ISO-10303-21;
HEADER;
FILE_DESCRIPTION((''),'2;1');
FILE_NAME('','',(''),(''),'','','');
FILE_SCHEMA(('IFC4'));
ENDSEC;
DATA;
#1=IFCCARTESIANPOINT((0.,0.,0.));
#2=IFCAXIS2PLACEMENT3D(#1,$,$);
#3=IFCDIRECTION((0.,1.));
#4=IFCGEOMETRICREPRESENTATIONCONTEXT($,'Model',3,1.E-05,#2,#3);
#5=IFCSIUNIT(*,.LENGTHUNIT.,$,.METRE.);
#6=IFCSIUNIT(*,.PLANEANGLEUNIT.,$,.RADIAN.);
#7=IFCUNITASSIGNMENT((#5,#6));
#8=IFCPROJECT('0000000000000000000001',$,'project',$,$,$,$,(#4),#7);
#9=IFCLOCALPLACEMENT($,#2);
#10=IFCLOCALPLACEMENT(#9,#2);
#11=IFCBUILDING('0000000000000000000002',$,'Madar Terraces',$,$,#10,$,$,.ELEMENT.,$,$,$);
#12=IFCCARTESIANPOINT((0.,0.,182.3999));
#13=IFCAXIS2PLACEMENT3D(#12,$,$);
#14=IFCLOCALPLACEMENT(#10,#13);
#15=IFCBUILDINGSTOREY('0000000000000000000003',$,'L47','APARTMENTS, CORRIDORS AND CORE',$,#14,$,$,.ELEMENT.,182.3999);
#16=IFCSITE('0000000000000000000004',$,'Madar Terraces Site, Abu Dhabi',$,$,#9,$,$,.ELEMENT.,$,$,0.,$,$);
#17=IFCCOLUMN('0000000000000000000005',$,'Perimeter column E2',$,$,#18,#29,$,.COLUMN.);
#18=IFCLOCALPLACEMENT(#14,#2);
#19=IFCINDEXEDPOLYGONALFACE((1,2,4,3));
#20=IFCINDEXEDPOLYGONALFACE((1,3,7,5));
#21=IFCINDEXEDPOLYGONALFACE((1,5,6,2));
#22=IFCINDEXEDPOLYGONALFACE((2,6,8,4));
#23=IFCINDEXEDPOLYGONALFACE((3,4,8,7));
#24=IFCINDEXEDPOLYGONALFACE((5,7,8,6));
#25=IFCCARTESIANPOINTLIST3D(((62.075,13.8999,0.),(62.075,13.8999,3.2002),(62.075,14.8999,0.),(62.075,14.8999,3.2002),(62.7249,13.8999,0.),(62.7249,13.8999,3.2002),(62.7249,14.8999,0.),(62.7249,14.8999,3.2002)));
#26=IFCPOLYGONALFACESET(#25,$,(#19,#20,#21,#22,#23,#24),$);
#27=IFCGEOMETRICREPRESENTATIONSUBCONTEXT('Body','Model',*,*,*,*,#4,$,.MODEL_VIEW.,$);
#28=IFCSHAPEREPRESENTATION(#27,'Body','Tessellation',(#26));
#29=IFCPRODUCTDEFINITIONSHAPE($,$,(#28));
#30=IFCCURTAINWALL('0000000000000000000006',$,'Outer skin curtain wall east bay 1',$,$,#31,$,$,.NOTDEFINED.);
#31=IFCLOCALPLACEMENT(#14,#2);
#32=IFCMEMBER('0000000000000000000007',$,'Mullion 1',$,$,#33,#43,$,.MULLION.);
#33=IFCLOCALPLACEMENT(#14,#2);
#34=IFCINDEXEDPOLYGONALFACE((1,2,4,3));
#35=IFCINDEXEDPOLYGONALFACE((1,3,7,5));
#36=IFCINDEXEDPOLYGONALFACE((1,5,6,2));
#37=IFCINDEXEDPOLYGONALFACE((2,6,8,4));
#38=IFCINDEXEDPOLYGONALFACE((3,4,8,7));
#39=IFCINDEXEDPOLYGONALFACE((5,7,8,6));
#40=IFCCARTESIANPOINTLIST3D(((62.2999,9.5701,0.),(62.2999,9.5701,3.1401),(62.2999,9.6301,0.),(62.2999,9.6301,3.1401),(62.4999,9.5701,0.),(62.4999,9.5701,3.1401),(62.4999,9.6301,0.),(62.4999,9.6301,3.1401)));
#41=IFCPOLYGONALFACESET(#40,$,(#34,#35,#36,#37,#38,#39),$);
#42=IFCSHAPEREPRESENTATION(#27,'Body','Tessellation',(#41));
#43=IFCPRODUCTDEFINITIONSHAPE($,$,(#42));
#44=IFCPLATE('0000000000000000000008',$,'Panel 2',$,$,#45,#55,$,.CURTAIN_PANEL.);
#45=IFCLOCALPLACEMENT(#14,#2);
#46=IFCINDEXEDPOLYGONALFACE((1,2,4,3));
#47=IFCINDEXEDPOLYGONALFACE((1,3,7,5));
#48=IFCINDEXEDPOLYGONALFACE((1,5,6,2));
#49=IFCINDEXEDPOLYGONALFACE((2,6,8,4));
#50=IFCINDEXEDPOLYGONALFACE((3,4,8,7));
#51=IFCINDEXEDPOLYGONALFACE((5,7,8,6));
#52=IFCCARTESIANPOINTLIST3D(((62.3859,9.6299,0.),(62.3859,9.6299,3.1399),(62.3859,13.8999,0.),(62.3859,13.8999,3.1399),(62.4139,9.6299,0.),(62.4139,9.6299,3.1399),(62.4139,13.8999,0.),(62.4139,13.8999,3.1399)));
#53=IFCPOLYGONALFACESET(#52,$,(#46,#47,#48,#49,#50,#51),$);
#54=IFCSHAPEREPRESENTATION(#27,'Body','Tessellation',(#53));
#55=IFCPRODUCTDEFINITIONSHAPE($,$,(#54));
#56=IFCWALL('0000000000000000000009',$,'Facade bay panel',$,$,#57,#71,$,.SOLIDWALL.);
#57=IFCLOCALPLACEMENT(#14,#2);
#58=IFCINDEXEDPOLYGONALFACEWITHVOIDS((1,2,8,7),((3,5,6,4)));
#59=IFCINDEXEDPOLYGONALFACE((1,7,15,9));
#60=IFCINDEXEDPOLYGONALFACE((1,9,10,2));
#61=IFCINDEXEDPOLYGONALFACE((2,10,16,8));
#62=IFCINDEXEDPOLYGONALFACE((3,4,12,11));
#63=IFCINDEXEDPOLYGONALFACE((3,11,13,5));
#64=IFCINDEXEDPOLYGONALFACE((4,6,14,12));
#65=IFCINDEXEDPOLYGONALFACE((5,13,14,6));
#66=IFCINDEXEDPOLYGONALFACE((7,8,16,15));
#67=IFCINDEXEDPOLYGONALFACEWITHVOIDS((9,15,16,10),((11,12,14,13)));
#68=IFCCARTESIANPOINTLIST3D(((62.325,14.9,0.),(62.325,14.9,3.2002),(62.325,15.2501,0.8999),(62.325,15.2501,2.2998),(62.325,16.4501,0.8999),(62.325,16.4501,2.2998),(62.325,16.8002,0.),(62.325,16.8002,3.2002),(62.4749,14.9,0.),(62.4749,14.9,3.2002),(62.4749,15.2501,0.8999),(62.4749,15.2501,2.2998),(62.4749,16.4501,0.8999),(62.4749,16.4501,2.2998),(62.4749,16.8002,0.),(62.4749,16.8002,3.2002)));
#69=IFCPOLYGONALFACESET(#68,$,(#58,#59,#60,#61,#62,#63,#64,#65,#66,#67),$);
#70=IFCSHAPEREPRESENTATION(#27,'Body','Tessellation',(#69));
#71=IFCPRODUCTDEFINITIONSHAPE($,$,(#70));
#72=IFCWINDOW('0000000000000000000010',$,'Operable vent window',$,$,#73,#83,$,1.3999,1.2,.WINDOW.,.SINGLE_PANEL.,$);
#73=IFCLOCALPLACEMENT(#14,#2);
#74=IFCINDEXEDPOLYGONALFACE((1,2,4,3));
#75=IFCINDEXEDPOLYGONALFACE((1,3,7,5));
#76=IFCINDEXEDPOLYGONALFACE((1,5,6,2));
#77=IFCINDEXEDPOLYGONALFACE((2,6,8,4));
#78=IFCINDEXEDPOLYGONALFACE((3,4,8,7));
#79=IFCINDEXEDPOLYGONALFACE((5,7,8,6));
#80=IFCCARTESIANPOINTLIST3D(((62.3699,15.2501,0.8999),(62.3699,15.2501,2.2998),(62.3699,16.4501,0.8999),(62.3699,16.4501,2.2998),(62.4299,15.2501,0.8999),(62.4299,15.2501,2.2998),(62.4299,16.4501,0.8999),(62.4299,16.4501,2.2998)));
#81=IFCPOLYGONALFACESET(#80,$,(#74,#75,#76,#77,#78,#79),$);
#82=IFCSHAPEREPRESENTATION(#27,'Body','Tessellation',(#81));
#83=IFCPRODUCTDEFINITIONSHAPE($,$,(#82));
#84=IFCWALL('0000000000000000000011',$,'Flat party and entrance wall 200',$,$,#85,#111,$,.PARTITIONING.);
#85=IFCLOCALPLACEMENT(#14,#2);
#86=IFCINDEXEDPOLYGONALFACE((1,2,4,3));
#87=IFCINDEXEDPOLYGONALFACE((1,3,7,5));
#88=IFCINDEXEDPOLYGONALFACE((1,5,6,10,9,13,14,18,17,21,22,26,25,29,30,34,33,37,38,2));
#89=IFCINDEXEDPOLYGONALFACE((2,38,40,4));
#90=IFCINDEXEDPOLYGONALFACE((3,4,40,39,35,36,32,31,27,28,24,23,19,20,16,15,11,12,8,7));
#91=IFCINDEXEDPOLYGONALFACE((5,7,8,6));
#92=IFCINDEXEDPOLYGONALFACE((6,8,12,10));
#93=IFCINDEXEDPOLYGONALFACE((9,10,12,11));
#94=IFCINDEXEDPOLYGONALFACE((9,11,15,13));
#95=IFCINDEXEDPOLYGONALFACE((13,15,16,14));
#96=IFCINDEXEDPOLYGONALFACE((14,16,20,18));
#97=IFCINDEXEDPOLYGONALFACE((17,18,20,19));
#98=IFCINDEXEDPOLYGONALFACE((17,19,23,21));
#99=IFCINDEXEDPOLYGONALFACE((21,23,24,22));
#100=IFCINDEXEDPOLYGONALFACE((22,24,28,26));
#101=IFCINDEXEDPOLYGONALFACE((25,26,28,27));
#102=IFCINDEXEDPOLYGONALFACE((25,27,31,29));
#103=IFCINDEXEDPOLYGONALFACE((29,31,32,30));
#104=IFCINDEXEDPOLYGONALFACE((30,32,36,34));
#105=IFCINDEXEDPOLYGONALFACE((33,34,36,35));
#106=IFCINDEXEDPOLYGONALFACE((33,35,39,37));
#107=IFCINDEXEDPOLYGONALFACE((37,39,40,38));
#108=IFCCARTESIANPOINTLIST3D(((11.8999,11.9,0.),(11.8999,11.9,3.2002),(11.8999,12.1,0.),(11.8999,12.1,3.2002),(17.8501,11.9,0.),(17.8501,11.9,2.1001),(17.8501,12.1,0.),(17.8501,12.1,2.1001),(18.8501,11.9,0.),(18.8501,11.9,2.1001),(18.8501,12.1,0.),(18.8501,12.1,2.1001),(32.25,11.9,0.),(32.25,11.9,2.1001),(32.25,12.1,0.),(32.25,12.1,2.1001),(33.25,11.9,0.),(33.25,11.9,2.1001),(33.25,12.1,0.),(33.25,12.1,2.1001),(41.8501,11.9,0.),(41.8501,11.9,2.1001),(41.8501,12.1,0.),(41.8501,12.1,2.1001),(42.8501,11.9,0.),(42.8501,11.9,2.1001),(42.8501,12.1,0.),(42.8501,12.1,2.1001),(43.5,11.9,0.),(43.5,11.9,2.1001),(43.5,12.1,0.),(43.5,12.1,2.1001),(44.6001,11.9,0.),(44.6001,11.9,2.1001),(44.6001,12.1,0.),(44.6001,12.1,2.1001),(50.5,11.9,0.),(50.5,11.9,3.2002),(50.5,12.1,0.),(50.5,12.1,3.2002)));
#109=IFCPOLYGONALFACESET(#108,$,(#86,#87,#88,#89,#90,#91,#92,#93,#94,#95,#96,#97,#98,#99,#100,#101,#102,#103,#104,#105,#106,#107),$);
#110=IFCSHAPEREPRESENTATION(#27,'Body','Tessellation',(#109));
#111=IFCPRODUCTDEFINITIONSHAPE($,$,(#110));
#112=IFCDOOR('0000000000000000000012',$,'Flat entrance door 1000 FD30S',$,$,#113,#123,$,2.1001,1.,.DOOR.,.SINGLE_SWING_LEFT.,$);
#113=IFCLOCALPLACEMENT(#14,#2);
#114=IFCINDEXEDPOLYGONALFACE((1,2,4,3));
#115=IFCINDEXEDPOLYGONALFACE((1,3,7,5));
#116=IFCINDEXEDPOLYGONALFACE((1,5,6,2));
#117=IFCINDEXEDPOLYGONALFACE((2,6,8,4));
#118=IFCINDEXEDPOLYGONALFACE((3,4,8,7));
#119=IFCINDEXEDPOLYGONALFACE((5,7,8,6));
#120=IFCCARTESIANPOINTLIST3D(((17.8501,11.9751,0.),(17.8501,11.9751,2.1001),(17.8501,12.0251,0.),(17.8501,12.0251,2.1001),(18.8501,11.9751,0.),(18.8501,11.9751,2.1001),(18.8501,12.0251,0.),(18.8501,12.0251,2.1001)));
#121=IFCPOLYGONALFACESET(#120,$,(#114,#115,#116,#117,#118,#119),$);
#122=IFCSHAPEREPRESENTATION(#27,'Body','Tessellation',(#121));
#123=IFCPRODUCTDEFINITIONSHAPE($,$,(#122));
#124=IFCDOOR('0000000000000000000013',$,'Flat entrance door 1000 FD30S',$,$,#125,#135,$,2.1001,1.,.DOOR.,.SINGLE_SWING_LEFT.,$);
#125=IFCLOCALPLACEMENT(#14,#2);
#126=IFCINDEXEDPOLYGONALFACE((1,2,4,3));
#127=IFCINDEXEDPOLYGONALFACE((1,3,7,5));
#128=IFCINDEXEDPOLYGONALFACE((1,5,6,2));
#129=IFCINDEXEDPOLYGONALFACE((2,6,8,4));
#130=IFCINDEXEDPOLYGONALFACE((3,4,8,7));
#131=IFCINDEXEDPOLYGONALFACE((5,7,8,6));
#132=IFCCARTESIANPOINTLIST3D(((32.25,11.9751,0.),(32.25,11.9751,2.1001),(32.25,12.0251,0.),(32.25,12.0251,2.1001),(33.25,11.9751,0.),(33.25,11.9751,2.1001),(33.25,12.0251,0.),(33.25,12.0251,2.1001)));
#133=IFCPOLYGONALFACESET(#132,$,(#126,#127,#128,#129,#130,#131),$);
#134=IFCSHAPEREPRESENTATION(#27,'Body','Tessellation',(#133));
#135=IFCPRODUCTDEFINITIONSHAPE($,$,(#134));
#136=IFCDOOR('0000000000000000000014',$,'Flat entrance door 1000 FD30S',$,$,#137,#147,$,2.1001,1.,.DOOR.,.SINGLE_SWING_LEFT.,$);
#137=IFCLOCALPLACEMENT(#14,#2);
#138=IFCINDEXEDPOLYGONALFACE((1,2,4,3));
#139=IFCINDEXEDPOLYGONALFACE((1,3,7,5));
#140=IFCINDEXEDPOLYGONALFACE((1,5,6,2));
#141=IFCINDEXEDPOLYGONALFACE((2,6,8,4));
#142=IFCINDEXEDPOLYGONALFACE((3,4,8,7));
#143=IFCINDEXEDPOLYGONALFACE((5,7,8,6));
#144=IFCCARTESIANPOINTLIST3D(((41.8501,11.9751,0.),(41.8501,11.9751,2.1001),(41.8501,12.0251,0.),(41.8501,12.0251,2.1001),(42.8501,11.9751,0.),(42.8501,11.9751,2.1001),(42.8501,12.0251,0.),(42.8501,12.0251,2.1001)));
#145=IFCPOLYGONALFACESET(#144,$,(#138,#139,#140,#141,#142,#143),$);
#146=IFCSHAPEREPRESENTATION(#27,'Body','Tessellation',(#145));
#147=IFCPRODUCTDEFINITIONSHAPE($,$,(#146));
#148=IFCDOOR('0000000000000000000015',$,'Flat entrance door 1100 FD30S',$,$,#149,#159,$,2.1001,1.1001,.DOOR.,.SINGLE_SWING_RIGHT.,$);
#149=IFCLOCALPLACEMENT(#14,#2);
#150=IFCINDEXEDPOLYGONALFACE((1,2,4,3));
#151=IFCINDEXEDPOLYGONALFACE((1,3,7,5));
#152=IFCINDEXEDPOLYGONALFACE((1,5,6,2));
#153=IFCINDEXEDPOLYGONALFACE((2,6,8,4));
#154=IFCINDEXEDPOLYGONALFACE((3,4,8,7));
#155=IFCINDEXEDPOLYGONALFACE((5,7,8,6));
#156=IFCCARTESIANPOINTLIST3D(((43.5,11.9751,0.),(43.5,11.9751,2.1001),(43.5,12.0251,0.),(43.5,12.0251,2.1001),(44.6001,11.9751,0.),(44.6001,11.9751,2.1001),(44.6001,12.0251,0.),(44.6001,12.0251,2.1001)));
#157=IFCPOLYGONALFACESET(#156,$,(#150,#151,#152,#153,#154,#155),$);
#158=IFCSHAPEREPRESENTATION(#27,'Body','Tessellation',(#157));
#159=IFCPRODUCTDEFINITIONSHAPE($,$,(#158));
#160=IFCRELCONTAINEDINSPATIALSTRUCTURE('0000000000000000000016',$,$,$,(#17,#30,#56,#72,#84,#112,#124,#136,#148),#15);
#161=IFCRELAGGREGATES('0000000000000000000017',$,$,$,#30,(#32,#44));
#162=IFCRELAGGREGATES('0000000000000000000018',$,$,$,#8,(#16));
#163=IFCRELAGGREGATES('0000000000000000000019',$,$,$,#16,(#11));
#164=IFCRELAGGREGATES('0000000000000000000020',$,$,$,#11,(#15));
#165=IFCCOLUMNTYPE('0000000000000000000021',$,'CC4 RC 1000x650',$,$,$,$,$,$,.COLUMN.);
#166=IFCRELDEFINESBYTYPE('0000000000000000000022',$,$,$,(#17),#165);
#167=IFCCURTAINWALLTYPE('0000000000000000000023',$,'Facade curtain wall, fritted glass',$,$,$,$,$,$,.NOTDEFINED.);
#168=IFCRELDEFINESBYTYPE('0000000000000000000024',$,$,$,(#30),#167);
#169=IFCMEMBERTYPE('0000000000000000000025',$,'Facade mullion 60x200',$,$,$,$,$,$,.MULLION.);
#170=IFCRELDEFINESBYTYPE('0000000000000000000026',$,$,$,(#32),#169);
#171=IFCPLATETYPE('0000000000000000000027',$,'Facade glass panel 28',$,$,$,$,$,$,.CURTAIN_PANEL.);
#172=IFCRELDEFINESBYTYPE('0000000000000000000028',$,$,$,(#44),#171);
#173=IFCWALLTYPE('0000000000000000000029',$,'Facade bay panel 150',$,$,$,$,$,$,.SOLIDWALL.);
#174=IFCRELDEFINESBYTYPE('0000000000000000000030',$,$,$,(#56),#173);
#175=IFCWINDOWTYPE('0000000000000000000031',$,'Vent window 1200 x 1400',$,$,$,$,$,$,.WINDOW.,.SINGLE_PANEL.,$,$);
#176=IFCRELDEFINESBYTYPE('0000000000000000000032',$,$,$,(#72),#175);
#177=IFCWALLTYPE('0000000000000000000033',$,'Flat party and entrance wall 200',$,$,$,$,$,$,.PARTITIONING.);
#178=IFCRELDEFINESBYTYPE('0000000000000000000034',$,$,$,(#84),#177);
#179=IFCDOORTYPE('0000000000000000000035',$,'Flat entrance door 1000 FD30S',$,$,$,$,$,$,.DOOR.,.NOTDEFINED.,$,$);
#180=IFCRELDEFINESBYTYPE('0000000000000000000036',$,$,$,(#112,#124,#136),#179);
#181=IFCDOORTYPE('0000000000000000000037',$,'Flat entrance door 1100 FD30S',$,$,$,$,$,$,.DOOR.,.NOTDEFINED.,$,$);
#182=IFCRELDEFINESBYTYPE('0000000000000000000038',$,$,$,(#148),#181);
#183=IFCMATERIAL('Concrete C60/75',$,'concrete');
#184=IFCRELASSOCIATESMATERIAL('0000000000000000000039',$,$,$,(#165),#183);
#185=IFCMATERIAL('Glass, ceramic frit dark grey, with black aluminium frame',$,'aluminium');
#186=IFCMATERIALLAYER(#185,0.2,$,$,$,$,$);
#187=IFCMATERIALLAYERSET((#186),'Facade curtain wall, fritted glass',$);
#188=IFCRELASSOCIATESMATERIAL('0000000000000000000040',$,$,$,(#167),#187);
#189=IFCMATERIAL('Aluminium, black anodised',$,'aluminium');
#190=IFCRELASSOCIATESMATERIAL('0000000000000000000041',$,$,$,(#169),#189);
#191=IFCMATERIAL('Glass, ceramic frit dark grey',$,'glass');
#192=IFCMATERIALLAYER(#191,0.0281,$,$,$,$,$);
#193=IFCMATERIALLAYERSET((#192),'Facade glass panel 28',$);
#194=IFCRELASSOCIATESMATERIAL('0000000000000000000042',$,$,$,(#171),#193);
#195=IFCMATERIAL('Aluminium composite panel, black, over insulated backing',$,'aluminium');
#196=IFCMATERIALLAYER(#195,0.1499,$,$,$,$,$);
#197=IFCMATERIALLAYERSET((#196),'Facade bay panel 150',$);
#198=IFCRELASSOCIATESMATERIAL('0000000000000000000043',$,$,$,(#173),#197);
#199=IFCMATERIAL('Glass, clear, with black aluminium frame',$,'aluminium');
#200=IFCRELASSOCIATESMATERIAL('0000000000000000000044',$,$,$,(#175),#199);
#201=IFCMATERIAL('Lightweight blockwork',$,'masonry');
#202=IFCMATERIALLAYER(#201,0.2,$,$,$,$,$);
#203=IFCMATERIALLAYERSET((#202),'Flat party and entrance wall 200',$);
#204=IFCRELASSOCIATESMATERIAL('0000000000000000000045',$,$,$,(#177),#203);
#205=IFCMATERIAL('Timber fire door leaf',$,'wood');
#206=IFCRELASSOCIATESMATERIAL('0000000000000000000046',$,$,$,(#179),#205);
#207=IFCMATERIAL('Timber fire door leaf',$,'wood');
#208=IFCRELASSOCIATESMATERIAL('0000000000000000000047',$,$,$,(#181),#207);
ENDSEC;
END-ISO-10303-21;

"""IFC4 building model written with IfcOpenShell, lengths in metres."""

from ifc_helpers import new_model, si_unit, direction, frame, frame_2d, origin, origin_2d, place, context, subcontext, project, spatial, rectangle, extrude, material, layer, layer_set, material_profile, profile_set, type_object, element, fill, aggregate, save


model = new_model("IFC4")

# Units and contexts
model_context = context("Model", 3, precision=1e-05, world=origin(), true_north=direction((0.0, 1.0)))
body_context = subcontext(model_context, "Body", "Model", "MODEL_VIEW")
ifc_project = project(units=[si_unit("LENGTHUNIT", "METRE"), si_unit("PLANEANGLEUNIT", "RADIAN")], contexts=[model_context])

# Site, building, storey
site_placement = place(None, origin())
site = spatial("IfcSite", under=ifc_project, at=site_placement, Name="Madar Terraces Site, Abu Dhabi", CompositionType="ELEMENT", RefElevation=0.0)
building_placement = place(site_placement, origin())
building = spatial("IfcBuilding", under=site, at=building_placement, Name="Madar Terraces", CompositionType="ELEMENT")
storey_placement = place(building_placement, frame((0.0, 0.0, 182.3999)))
storey = spatial("IfcBuildingStorey", under=building, at=storey_placement, Name="L47", Description="APARTMENTS, CORRIDORS AND CORE", CompositionType="ELEMENT", Elevation=182.3999)

# Column
ifc_material_1 = material(Name="Concrete C60/75", Category="concrete")
ifc_material_profile_1 = material_profile(ifc_material_1, rectangle(XDim=1.0, YDim=0.6499, at=origin_2d()), Name="CC4 RC 1000x650")
ifc_profile_set_1 = profile_set([ifc_material_profile_1], Name="Concrete C60/75")
column_type = type_object("IfcColumnType", Name="CC4 RC 1000x650", PredefinedType="COLUMN", material=ifc_profile_set_1)
column_placement = place(storey_placement, frame((62.3999, 14.3999, 0.0), z_axis=(0.0, 0.0, 1.0), x_axis=(0.0, 1.0, 0.0)))
element("IfcColumn", 1, at=column_placement, inside=storey, type_object=column_type, Name="Perimeter column E2", PredefinedType="COLUMN", context=body_context, shape_type="SweptSolid", body=[
    extrude(rectangle(XDim=1.0, YDim=0.6499, at=origin_2d()), origin(), (0.0, 0.0, 1.0), 3.2002),
])

# Curtain wall, member, plate
ifc_material_2 = material(Name="Glass, ceramic frit dark grey, with black aluminium frame", Category="aluminium")
ifc_layer_1 = layer(ifc_material_2, 0.2)
ifc_layer_set_1 = layer_set([ifc_layer_1], Name="Facade curtain wall, fritted glass")
curtain_wall_type = type_object("IfcCurtainWallType", Name="Facade curtain wall, fritted glass", PredefinedType="NOTDEFINED", material=ifc_layer_set_1)
curtain_wall_placement = place(storey_placement, origin())
curtain_wall = element("IfcCurtainWall", 2, at=curtain_wall_placement, inside=storey, type_object=curtain_wall_type, Name="Outer skin curtain wall east bay 1", PredefinedType="NOTDEFINED")
ifc_material_3 = material(Name="Aluminium, black anodised", Category="aluminium")
ifc_material_profile_2 = material_profile(ifc_material_3, rectangle(XDim=0.2, YDim=0.0601, at=origin_2d()), Name="Facade mullion 60x200")
ifc_profile_set_2 = profile_set([ifc_material_profile_2], Name="Aluminium, black anodised")
member_type = type_object("IfcMemberType", Name="Facade mullion 60x200", PredefinedType="MULLION", material=ifc_profile_set_2)
member_placement = place(storey_placement, frame((62.3999, 9.6001, 0.0), z_axis=(0.0, 0.0, 1.0), x_axis=(-1.0, 0.0, 0.0)))
member = element("IfcMember", 3, at=member_placement, type_object=member_type, Name="Mullion 1", PredefinedType="MULLION", context=body_context, shape_type="SweptSolid", body=[
    extrude(rectangle(XDim=0.2, YDim=0.0601, at=origin_2d()), origin(), (0.0, 0.0, 1.0), 3.1401),
])
ifc_material_4 = material(Name="Glass, ceramic frit dark grey", Category="glass")
ifc_layer_2 = layer(ifc_material_4, 0.0281)
ifc_layer_set_2 = layer_set([ifc_layer_2], Name="Facade glass panel 28")
plate_type = type_object("IfcPlateType", Name="Facade glass panel 28", PredefinedType="CURTAIN_PANEL", material=ifc_layer_set_2)
plate_placement = place(storey_placement, frame((62.3999, 11.7649, 0.0), z_axis=(0.0, 0.0, 1.0), x_axis=(0.0, 1.0, 0.0)))
plate = element("IfcPlate", 4, at=plate_placement, type_object=plate_type, Name="Panel 2", PredefinedType="CURTAIN_PANEL", context=body_context, shape_type="SweptSolid", body=[
    extrude(rectangle(XDim=4.27, YDim=0.0281, at=origin_2d()), origin(), (0.0, 0.0, 1.0), 3.1399),
])
aggregate(curtain_wall, [member, plate])

# Wall, opening, window
ifc_material_5 = material(Name="Aluminium composite panel, black, over insulated backing", Category="aluminium")
ifc_layer_3 = layer(ifc_material_5, 0.1499)
ifc_layer_set_3 = layer_set([ifc_layer_3], Name="Facade bay panel 150")
wall_type_1 = type_object("IfcWallType", Name="Facade bay panel 150", PredefinedType="SOLIDWALL", material=ifc_layer_set_3)
wall_1_placement = place(storey_placement, frame((62.3999, 14.8999, 0.0), z_axis=(0.0, 0.0, 1.0), x_axis=(0.0, 1.0, 0.0)))
wall_1 = element("IfcWall", 5, at=wall_1_placement, inside=storey, type_object=wall_type_1, Name="Facade bay panel", PredefinedType="SOLIDWALL", context=body_context, shape_type="SweptSolid", body=[
    extrude(rectangle(XDim=1.9001, YDim=0.1499, at=frame_2d((0.9502, 0.0))), origin(), (0.0, 0.0, 1.0), 3.2002),
])
opening_1_placement = place(wall_1_placement, frame((0.3501, 0.0, 0.8999)))
opening_1 = element("IfcOpeningElement", 6, at=opening_1_placement, cuts=wall_1, PredefinedType="OPENING", context=body_context, shape_type="SweptSolid", body=[
    extrude(rectangle(XDim=1.2, YDim=1.3999, at=frame_2d((0.6001, 0.7))), frame((0.0, 0.085, 0.0), z_axis=(0.0, -1.0, 0.0), x_axis=(1.0, 0.0, 0.0)), (0.0, 0.0, 1.0), 0.1699),
])
ifc_material_6 = material(Name="Glass, clear, with black aluminium frame", Category="aluminium")
window_type = type_object("IfcWindowType", Name="Vent window 1200 x 1400", PartitioningType="SINGLE_PANEL", PredefinedType="WINDOW", material=ifc_material_6)
window_placement = place(opening_1_placement, origin())
window = element("IfcWindow", 7, at=window_placement, inside=storey, type_object=window_type, Name="Operable vent window", OverallHeight=1.3999, OverallWidth=1.2, PartitioningType="SINGLE_PANEL", PredefinedType="WINDOW", context=body_context, shape_type="SweptSolid", body=[
    extrude(rectangle(XDim=1.2, YDim=1.3999, at=frame_2d((0.6001, 0.7))), frame((0.0, 0.03, 0.0), z_axis=(0.0, -1.0, 0.0), x_axis=(1.0, 0.0, 0.0)), (0.0, 0.0, 1.0), 0.0601),
])
fill(opening_1, window)

# Wall, openings, doors
ifc_material_7 = material(Name="Lightweight blockwork", Category="masonry")
ifc_layer_4 = layer(ifc_material_7, 0.2)
ifc_layer_set_4 = layer_set([ifc_layer_4], Name="Flat party and entrance wall 200")
wall_type_2 = type_object("IfcWallType", Name="Flat party and entrance wall 200", PredefinedType="PARTITIONING", material=ifc_layer_set_4)
wall_2_placement = place(storey_placement, frame((50.5, 12.0, 0.0), z_axis=(0.0, 0.0, 1.0), x_axis=(-1.0, 0.0, 0.0)))
wall_2 = element("IfcWall", 8, at=wall_2_placement, inside=storey, type_object=wall_type_2, Name="Flat party and entrance wall 200", PredefinedType="PARTITIONING", context=body_context, shape_type="SweptSolid", body=[
    extrude(rectangle(XDim=38.6001, YDim=0.2, at=frame_2d((19.3, 0.0))), origin(), (0.0, 0.0, 1.0), 3.2002),
])
opening_2_placement = place(wall_2_placement, frame((31.6499, 0.0, 0.0)))
opening_2 = element("IfcOpeningElement", 9, at=opening_2_placement, cuts=wall_2, PredefinedType="OPENING", context=body_context, shape_type="SweptSolid", body=[
    extrude(rectangle(XDim=1.0, YDim=2.1001, at=frame_2d((0.5, 1.05))), frame((0.0, 0.1099, 0.0), z_axis=(0.0, -1.0, 0.0), x_axis=(1.0, 0.0, 0.0)), (0.0, 0.0, 1.0), 0.22),
])
opening_3_placement = place(wall_2_placement, frame((17.25, 0.0, 0.0)))
opening_3 = element("IfcOpeningElement", 10, at=opening_3_placement, cuts=wall_2, PredefinedType="OPENING", context=body_context, shape_type="SweptSolid", body=[
    extrude(rectangle(XDim=1.0, YDim=2.1001, at=frame_2d((0.5, 1.05))), frame((0.0, 0.1099, 0.0), z_axis=(0.0, -1.0, 0.0), x_axis=(1.0, 0.0, 0.0)), (0.0, 0.0, 1.0), 0.22),
])
opening_4_placement = place(wall_2_placement, frame((7.6499, 0.0, 0.0)))
opening_4 = element("IfcOpeningElement", 11, at=opening_4_placement, cuts=wall_2, PredefinedType="OPENING", context=body_context, shape_type="SweptSolid", body=[
    extrude(rectangle(XDim=1.0, YDim=2.1001, at=frame_2d((0.5, 1.05))), frame((0.0, 0.1099, 0.0), z_axis=(0.0, -1.0, 0.0), x_axis=(1.0, 0.0, 0.0)), (0.0, 0.0, 1.0), 0.22),
])
opening_5_placement = place(wall_2_placement, frame((5.8999, 0.0, 0.0)))
opening_5 = element("IfcOpeningElement", 12, at=opening_5_placement, cuts=wall_2, PredefinedType="OPENING", context=body_context, shape_type="SweptSolid", body=[
    extrude(rectangle(XDim=1.1001, YDim=2.1001, at=frame_2d((0.55, 1.05))), frame((0.0, 0.1099, 0.0), z_axis=(0.0, -1.0, 0.0), x_axis=(1.0, 0.0, 0.0)), (0.0, 0.0, 1.0), 0.22),
])
ifc_material_8 = material(Name="Timber fire door leaf", Category="wood")
door_type_1 = type_object("IfcDoorType", Name="Flat entrance door 1000 FD30S", OperationType="NOTDEFINED", PredefinedType="DOOR", material=ifc_material_8)
door_1_placement = place(opening_2_placement, origin())
door_1 = element("IfcDoor", 13, at=door_1_placement, inside=storey, type_object=door_type_1, Name="Flat entrance door 1000 FD30S", OperationType="SINGLE_SWING_LEFT", OverallHeight=2.1001, OverallWidth=1.0, PredefinedType="DOOR", context=body_context, shape_type="SweptSolid", body=[
    extrude(rectangle(XDim=1.0, YDim=2.1001, at=frame_2d((0.5, 1.05))), frame((0.0, 0.0249, 0.0), z_axis=(0.0, -1.0, 0.0), x_axis=(1.0, 0.0, 0.0)), (0.0, 0.0, 1.0), 0.05),
])
fill(opening_2, door_1)
door_2_placement = place(opening_3_placement, origin())
door_2 = element("IfcDoor", 14, at=door_2_placement, inside=storey, type_object=door_type_1, Name="Flat entrance door 1000 FD30S", OperationType="SINGLE_SWING_LEFT", OverallHeight=2.1001, OverallWidth=1.0, PredefinedType="DOOR", context=body_context, shape_type="SweptSolid", body=[
    extrude(rectangle(XDim=1.0, YDim=2.1001, at=frame_2d((0.5, 1.05))), frame((0.0, 0.0249, 0.0), z_axis=(0.0, -1.0, 0.0), x_axis=(1.0, 0.0, 0.0)), (0.0, 0.0, 1.0), 0.05),
])
fill(opening_3, door_2)
door_3_placement = place(opening_4_placement, origin())
door_3 = element("IfcDoor", 15, at=door_3_placement, inside=storey, type_object=door_type_1, Name="Flat entrance door 1000 FD30S", OperationType="SINGLE_SWING_LEFT", OverallHeight=2.1001, OverallWidth=1.0, PredefinedType="DOOR", context=body_context, shape_type="SweptSolid", body=[
    extrude(rectangle(XDim=1.0, YDim=2.1001, at=frame_2d((0.5, 1.05))), frame((0.0, 0.0249, 0.0), z_axis=(0.0, -1.0, 0.0), x_axis=(1.0, 0.0, 0.0)), (0.0, 0.0, 1.0), 0.05),
])
fill(opening_4, door_3)
ifc_material_9 = material(Name="Timber fire door leaf", Category="wood")
door_type_2 = type_object("IfcDoorType", Name="Flat entrance door 1100 FD30S", OperationType="NOTDEFINED", PredefinedType="DOOR", material=ifc_material_9)
door_4_placement = place(opening_5_placement, origin())
door_4 = element("IfcDoor", 16, at=door_4_placement, inside=storey, type_object=door_type_2, Name="Flat entrance door 1100 FD30S", OperationType="SINGLE_SWING_RIGHT", OverallHeight=2.1001, OverallWidth=1.1001, PredefinedType="DOOR", context=body_context, shape_type="SweptSolid", body=[
    extrude(rectangle(XDim=1.1001, YDim=2.1001, at=frame_2d((0.55, 1.05))), frame((0.0, 0.0249, 0.0), z_axis=(0.0, -1.0, 0.0), x_axis=(1.0, 0.0, 0.0)), (0.0, 0.0, 1.0), 0.05),
])
fill(opening_5, door_4)

save(model, "model.ifc")
